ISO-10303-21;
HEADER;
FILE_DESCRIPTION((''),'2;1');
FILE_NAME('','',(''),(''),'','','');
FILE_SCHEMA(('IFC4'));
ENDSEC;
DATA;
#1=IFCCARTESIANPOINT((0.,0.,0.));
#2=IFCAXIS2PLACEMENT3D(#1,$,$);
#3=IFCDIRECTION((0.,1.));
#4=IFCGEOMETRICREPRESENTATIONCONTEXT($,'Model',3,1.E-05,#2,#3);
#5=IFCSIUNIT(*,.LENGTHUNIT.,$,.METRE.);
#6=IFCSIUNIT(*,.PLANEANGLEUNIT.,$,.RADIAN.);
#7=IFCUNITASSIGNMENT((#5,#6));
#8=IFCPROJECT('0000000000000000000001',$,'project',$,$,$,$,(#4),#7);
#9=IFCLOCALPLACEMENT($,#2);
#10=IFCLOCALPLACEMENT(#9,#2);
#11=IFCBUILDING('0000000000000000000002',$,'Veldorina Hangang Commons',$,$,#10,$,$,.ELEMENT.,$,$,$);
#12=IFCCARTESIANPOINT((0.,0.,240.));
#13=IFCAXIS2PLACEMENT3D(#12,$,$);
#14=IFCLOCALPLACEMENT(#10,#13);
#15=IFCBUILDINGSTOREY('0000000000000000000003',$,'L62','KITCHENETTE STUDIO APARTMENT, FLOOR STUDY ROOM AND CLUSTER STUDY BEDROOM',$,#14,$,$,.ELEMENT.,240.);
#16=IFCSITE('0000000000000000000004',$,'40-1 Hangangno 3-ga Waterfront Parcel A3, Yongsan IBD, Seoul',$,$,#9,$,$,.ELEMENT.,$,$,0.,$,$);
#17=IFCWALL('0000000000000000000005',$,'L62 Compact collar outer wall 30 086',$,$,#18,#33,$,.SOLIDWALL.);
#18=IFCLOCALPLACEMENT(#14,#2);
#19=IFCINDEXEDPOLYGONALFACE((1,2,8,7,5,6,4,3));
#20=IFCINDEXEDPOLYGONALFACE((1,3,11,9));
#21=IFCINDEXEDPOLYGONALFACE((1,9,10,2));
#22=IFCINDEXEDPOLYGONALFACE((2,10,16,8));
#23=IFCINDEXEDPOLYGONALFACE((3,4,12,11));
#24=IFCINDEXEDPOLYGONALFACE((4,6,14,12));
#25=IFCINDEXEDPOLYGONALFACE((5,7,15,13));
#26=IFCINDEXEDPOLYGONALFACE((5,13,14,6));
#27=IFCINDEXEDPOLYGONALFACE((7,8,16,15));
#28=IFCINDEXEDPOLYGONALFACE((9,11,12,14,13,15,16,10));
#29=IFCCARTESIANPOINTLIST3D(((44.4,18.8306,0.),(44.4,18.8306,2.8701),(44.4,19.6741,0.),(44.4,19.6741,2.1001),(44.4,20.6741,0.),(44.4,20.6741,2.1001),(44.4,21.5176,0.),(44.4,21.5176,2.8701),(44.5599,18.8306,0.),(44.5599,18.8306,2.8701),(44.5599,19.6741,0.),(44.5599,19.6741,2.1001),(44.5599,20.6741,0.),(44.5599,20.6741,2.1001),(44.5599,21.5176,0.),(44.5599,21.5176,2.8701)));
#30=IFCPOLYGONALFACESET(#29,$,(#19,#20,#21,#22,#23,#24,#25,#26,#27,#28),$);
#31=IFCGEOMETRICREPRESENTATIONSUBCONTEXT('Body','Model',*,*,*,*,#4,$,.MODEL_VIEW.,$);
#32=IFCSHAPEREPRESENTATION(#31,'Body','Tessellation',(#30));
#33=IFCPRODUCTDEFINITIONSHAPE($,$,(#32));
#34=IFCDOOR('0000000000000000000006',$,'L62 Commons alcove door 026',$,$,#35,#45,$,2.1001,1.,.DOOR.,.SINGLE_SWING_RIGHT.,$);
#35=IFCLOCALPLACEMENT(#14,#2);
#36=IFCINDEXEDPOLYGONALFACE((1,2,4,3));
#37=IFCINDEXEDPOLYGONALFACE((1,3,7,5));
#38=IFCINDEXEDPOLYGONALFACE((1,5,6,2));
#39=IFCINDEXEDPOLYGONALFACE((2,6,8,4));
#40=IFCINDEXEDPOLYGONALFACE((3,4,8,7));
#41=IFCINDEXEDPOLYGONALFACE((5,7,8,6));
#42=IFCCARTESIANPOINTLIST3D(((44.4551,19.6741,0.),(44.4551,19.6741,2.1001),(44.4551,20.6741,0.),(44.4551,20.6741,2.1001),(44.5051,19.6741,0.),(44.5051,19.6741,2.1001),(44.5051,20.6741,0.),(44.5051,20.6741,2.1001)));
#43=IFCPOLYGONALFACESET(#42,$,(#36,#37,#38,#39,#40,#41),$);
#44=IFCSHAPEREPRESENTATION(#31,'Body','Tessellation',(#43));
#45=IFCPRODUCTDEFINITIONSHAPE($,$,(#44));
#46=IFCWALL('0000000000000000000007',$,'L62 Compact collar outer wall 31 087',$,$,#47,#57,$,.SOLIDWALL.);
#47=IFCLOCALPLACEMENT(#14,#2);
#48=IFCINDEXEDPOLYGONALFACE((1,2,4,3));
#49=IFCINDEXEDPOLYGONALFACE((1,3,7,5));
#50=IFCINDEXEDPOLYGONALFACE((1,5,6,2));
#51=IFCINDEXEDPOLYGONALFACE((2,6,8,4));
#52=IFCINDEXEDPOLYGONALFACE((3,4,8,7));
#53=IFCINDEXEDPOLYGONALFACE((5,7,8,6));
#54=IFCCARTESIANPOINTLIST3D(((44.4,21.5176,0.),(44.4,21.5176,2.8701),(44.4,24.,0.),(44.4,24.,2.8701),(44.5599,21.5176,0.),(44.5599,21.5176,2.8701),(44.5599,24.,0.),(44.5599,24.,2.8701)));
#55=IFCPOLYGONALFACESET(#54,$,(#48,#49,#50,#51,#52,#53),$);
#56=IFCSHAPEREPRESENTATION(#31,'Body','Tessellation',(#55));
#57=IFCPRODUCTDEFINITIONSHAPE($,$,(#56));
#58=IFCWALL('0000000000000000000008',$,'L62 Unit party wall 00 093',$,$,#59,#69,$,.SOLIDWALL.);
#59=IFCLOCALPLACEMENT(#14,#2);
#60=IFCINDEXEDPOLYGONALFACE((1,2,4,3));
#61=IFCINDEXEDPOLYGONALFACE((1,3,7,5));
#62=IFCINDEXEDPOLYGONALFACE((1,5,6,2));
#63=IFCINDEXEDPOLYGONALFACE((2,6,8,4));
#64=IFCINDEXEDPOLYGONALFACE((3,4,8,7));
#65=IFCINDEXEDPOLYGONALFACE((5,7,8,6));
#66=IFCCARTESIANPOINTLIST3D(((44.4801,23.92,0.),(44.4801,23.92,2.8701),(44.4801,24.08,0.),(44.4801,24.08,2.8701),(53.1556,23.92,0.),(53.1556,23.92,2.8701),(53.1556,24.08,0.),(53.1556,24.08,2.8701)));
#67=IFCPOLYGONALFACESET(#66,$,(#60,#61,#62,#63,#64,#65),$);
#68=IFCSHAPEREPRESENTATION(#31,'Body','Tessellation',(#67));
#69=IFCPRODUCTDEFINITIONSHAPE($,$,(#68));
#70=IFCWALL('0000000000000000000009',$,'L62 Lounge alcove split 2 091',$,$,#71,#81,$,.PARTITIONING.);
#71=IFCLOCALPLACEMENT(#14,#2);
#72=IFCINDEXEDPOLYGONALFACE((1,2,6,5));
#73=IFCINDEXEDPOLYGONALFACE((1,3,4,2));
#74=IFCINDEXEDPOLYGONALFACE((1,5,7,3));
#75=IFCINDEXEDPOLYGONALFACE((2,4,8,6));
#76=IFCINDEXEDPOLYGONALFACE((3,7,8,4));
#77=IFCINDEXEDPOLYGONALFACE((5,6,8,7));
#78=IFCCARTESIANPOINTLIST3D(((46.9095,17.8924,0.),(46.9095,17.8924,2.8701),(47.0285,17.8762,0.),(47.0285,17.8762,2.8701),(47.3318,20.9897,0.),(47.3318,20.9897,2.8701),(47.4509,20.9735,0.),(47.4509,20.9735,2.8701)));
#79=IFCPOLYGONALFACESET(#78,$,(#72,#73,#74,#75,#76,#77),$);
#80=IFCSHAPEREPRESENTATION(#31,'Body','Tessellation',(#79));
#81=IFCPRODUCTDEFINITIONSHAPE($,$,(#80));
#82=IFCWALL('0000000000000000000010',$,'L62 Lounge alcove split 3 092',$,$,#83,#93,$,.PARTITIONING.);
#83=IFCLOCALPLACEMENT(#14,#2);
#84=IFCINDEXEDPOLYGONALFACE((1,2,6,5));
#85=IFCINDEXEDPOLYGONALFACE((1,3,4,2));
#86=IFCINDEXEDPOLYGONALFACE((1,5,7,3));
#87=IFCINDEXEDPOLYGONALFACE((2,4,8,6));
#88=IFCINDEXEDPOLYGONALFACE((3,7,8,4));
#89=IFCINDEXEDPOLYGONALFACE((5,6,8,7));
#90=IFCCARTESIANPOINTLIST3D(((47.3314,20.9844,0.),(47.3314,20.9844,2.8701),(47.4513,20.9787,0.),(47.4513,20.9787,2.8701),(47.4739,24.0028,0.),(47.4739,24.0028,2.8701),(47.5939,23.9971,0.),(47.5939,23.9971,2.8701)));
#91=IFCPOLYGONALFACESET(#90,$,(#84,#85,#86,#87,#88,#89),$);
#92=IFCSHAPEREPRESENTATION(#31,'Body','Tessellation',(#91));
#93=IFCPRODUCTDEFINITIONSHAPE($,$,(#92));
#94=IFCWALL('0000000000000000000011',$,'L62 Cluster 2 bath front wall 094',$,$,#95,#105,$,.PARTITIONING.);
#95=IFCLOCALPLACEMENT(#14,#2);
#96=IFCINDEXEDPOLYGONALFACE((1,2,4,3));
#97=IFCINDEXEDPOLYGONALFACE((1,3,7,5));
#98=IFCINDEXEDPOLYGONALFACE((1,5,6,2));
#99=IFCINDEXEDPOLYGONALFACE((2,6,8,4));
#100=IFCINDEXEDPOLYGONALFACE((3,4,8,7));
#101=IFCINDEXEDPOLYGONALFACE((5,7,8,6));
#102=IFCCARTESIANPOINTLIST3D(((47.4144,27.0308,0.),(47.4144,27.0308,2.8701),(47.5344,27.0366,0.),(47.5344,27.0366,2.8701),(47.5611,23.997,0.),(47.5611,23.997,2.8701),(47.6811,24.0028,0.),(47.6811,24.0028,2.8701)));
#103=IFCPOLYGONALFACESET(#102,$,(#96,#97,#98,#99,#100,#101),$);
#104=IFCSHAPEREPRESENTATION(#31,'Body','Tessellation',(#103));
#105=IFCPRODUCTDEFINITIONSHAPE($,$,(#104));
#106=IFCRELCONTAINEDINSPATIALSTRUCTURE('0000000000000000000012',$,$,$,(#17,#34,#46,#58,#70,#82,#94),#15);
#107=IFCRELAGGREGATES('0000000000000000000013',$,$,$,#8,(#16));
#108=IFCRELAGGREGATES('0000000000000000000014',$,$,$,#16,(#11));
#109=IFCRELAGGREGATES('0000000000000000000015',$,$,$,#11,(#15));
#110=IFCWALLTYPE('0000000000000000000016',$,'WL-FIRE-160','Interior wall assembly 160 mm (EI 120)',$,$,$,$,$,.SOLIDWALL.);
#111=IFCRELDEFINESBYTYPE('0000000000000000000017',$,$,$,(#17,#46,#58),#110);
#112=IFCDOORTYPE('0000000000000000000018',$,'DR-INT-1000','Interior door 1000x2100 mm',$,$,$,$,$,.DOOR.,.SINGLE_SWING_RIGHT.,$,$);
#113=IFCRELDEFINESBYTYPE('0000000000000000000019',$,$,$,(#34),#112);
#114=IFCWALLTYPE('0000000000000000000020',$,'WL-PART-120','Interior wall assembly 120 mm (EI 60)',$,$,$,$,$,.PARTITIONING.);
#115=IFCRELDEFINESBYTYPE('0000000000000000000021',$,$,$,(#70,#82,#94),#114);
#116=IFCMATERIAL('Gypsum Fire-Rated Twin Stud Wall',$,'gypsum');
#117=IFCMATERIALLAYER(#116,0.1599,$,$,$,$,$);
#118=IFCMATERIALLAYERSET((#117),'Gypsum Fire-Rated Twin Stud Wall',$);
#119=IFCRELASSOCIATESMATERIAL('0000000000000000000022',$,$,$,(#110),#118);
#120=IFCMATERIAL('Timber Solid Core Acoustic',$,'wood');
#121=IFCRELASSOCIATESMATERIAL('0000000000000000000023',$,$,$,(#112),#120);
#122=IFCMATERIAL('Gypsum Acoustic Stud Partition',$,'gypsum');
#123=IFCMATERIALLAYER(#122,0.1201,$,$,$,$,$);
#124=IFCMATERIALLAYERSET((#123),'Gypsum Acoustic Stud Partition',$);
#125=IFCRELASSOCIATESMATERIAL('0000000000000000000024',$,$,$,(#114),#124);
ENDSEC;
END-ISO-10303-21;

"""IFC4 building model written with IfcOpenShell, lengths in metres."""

from ifc_helpers import new_model, si_unit, direction, frame, frame_2d, origin, place, context, subcontext, project, spatial, rectangle, extrude, material, layer, layer_set, type_object, element, fill, save


model = new_model("IFC4")

# Units and contexts
model_context = context("Model", 3, precision=1e-05, world=origin(), true_north=direction((0.0, 1.0)))
body_context = subcontext(model_context, "Body", "Model", "MODEL_VIEW")
ifc_project = project(units=[si_unit("LENGTHUNIT", "METRE"), si_unit("PLANEANGLEUNIT", "RADIAN")], contexts=[model_context])

# Site, building, storey
site_placement = place(None, origin())
site = spatial("IfcSite", under=ifc_project, at=site_placement, Name="40-1 Hangangno 3-ga Waterfront Parcel A3, Yongsan IBD, Seoul", CompositionType="ELEMENT", RefElevation=0.0)
building_placement = place(site_placement, origin())
building = spatial("IfcBuilding", under=site, at=building_placement, Name="Veldorina Hangang Commons", CompositionType="ELEMENT")
storey_placement = place(building_placement, frame((0.0, 0.0, 240.0)))
storey = spatial("IfcBuildingStorey", under=building, at=storey_placement, Name="L62", Description="KITCHENETTE STUDIO APARTMENT, FLOOR STUDY ROOM AND CLUSTER STUDY BEDROOM", CompositionType="ELEMENT", Elevation=240.0)

# Shared definitions
ifc_material_1 = material(Name="Gypsum Fire-Rated Twin Stud Wall", Category="gypsum")
ifc_layer_1 = layer(ifc_material_1, 0.1599)
ifc_layer_set_1 = layer_set([ifc_layer_1], Name="Gypsum Fire-Rated Twin Stud Wall")
wall_type_1 = type_object("IfcWallType", Name="WL-FIRE-160", Description="Interior wall assembly 160 mm (EI 120)", PredefinedType="SOLIDWALL", material=ifc_layer_set_1)

# Wall, opening, door
wall_1_placement = place(storey_placement, frame((44.48, 18.8306, 0.0), z_axis=(0.0, 0.0, 1.0), x_axis=(0.0, 1.0, 0.0)))
wall_1 = element("IfcWall", 1, at=wall_1_placement, inside=storey, type_object=wall_type_1, Name="L62 Compact collar outer wall 30 086", PredefinedType="SOLIDWALL", context=body_context, shape_type="SweptSolid", body=[
    extrude(rectangle(XDim=2.687, YDim=0.1599, at=frame_2d((1.3435, 0.0))), origin(), (0.0, 0.0, 1.0), 2.8701),
])
opening_placement = place(wall_1_placement, frame((0.8435, 0.0, 0.0)))
opening = element("IfcOpeningElement", 2, at=opening_placement, cuts=wall_1, PredefinedType="OPENING", context=body_context, shape_type="SweptSolid", body=[
    extrude(rectangle(XDim=1.0, YDim=2.1001, at=frame_2d((0.5, 1.05))), frame((0.0, 0.0898, 0.0), z_axis=(0.0, -1.0, 0.0), x_axis=(1.0, 0.0, 0.0)), (0.0, 0.0, 1.0), 0.1799),
])
ifc_material_2 = material(Name="Timber Solid Core Acoustic", Category="wood")
door_type = type_object("IfcDoorType", Name="DR-INT-1000", Description="Interior door 1000x2100 mm", OperationType="SINGLE_SWING_RIGHT", PredefinedType="DOOR", material=ifc_material_2)
door_placement = place(opening_placement, origin())
door = element("IfcDoor", 3, at=door_placement, inside=storey, type_object=door_type, Name="L62 Commons alcove door 026", OperationType="SINGLE_SWING_RIGHT", OverallHeight=2.1001, OverallWidth=1.0, PredefinedType="DOOR", context=body_context, shape_type="SweptSolid", body=[
    extrude(rectangle(XDim=1.0, YDim=2.1001, at=frame_2d((0.5, 1.05))), frame((0.0, 0.0249, 0.0), z_axis=(0.0, -1.0, 0.0), x_axis=(1.0, 0.0, 0.0)), (0.0, 0.0, 1.0), 0.05),
])
fill(opening, door)

# Walls
wall_2_placement = place(storey_placement, frame((44.48, 21.5176, 0.0), z_axis=(0.0, 0.0, 1.0), x_axis=(0.0, 1.0, 0.0)))
element("IfcWall", 4, at=wall_2_placement, inside=storey, type_object=wall_type_1, Name="L62 Compact collar outer wall 31 087", PredefinedType="SOLIDWALL", context=body_context, shape_type="SweptSolid", body=[
    extrude(rectangle(XDim=2.4824, YDim=0.1599, at=frame_2d((1.2412, 0.0))), origin(), (0.0, 0.0, 1.0), 2.8701),
])
wall_3_placement = place(storey_placement, frame((44.48, 24.0, 0.0), z_axis=(0.0, 0.0, 1.0), x_axis=(1.0, 0.0, 0.0)))
element("IfcWall", 5, at=wall_3_placement, inside=storey, type_object=wall_type_1, Name="L62 Unit party wall 00 093", PredefinedType="SOLIDWALL", context=body_context, shape_type="SweptSolid", body=[
    extrude(rectangle(XDim=8.6755, YDim=0.1599, at=frame_2d((4.3379, 0.0))), origin(), (0.0, 0.0, 1.0), 2.8701),
])
ifc_material_3 = material(Name="Gypsum Acoustic Stud Partition", Category="gypsum")
ifc_layer_2 = layer(ifc_material_3, 0.1201)
ifc_layer_set_2 = layer_set([ifc_layer_2], Name="Gypsum Acoustic Stud Partition")
wall_type_2 = type_object("IfcWallType", Name="WL-PART-120", Description="Interior wall assembly 120 mm (EI 60)", PredefinedType="PARTITIONING", material=ifc_layer_set_2)
wall_4_placement = place(storey_placement, frame((46.969, 17.8843, 0.0), z_axis=(0.0, 0.0, 1.0), x_axis=(0.13511, 0.990831, 0.0)))
element("IfcWall", 6, at=wall_4_placement, inside=storey, type_object=wall_type_2, Name="L62 Lounge alcove split 2 091", PredefinedType="PARTITIONING", context=body_context, shape_type="SweptSolid", body=[
    extrude(rectangle(XDim=3.126, YDim=0.1201, at=frame_2d((1.563, 0.0))), origin(), (0.0, 0.0, 1.0), 2.8701),
])
wall_5_placement = place(storey_placement, frame((47.3914, 20.9817, 0.0), z_axis=(0.0, 0.0, 1.0), x_axis=(0.047185, 0.998886, 0.0)))
element("IfcWall", 7, at=wall_5_placement, inside=storey, type_object=wall_type_2, Name="L62 Lounge alcove split 3 092", PredefinedType="PARTITIONING", context=body_context, shape_type="SweptSolid", body=[
    extrude(rectangle(XDim=3.0217, YDim=0.1201, at=frame_2d((1.5107, 0.0))), origin(), (0.0, 0.0, 1.0), 2.8701),
])
wall_6_placement = place(storey_placement, frame((47.6211, 24.0, 0.0), z_axis=(0.0, 0.0, 1.0), x_axis=(-0.04831, 0.998832, 0.0)))
element("IfcWall", 8, at=wall_6_placement, inside=storey, type_object=wall_type_2, Name="L62 Cluster 2 bath front wall 094", PredefinedType="PARTITIONING", context=body_context, shape_type="SweptSolid", body=[
    extrude(rectangle(XDim=3.0374, YDim=0.1201, at=frame_2d((1.5186, 0.0))), origin(), (0.0, 0.0, 1.0), 2.8701),
])

save(model, "model.ifc")
